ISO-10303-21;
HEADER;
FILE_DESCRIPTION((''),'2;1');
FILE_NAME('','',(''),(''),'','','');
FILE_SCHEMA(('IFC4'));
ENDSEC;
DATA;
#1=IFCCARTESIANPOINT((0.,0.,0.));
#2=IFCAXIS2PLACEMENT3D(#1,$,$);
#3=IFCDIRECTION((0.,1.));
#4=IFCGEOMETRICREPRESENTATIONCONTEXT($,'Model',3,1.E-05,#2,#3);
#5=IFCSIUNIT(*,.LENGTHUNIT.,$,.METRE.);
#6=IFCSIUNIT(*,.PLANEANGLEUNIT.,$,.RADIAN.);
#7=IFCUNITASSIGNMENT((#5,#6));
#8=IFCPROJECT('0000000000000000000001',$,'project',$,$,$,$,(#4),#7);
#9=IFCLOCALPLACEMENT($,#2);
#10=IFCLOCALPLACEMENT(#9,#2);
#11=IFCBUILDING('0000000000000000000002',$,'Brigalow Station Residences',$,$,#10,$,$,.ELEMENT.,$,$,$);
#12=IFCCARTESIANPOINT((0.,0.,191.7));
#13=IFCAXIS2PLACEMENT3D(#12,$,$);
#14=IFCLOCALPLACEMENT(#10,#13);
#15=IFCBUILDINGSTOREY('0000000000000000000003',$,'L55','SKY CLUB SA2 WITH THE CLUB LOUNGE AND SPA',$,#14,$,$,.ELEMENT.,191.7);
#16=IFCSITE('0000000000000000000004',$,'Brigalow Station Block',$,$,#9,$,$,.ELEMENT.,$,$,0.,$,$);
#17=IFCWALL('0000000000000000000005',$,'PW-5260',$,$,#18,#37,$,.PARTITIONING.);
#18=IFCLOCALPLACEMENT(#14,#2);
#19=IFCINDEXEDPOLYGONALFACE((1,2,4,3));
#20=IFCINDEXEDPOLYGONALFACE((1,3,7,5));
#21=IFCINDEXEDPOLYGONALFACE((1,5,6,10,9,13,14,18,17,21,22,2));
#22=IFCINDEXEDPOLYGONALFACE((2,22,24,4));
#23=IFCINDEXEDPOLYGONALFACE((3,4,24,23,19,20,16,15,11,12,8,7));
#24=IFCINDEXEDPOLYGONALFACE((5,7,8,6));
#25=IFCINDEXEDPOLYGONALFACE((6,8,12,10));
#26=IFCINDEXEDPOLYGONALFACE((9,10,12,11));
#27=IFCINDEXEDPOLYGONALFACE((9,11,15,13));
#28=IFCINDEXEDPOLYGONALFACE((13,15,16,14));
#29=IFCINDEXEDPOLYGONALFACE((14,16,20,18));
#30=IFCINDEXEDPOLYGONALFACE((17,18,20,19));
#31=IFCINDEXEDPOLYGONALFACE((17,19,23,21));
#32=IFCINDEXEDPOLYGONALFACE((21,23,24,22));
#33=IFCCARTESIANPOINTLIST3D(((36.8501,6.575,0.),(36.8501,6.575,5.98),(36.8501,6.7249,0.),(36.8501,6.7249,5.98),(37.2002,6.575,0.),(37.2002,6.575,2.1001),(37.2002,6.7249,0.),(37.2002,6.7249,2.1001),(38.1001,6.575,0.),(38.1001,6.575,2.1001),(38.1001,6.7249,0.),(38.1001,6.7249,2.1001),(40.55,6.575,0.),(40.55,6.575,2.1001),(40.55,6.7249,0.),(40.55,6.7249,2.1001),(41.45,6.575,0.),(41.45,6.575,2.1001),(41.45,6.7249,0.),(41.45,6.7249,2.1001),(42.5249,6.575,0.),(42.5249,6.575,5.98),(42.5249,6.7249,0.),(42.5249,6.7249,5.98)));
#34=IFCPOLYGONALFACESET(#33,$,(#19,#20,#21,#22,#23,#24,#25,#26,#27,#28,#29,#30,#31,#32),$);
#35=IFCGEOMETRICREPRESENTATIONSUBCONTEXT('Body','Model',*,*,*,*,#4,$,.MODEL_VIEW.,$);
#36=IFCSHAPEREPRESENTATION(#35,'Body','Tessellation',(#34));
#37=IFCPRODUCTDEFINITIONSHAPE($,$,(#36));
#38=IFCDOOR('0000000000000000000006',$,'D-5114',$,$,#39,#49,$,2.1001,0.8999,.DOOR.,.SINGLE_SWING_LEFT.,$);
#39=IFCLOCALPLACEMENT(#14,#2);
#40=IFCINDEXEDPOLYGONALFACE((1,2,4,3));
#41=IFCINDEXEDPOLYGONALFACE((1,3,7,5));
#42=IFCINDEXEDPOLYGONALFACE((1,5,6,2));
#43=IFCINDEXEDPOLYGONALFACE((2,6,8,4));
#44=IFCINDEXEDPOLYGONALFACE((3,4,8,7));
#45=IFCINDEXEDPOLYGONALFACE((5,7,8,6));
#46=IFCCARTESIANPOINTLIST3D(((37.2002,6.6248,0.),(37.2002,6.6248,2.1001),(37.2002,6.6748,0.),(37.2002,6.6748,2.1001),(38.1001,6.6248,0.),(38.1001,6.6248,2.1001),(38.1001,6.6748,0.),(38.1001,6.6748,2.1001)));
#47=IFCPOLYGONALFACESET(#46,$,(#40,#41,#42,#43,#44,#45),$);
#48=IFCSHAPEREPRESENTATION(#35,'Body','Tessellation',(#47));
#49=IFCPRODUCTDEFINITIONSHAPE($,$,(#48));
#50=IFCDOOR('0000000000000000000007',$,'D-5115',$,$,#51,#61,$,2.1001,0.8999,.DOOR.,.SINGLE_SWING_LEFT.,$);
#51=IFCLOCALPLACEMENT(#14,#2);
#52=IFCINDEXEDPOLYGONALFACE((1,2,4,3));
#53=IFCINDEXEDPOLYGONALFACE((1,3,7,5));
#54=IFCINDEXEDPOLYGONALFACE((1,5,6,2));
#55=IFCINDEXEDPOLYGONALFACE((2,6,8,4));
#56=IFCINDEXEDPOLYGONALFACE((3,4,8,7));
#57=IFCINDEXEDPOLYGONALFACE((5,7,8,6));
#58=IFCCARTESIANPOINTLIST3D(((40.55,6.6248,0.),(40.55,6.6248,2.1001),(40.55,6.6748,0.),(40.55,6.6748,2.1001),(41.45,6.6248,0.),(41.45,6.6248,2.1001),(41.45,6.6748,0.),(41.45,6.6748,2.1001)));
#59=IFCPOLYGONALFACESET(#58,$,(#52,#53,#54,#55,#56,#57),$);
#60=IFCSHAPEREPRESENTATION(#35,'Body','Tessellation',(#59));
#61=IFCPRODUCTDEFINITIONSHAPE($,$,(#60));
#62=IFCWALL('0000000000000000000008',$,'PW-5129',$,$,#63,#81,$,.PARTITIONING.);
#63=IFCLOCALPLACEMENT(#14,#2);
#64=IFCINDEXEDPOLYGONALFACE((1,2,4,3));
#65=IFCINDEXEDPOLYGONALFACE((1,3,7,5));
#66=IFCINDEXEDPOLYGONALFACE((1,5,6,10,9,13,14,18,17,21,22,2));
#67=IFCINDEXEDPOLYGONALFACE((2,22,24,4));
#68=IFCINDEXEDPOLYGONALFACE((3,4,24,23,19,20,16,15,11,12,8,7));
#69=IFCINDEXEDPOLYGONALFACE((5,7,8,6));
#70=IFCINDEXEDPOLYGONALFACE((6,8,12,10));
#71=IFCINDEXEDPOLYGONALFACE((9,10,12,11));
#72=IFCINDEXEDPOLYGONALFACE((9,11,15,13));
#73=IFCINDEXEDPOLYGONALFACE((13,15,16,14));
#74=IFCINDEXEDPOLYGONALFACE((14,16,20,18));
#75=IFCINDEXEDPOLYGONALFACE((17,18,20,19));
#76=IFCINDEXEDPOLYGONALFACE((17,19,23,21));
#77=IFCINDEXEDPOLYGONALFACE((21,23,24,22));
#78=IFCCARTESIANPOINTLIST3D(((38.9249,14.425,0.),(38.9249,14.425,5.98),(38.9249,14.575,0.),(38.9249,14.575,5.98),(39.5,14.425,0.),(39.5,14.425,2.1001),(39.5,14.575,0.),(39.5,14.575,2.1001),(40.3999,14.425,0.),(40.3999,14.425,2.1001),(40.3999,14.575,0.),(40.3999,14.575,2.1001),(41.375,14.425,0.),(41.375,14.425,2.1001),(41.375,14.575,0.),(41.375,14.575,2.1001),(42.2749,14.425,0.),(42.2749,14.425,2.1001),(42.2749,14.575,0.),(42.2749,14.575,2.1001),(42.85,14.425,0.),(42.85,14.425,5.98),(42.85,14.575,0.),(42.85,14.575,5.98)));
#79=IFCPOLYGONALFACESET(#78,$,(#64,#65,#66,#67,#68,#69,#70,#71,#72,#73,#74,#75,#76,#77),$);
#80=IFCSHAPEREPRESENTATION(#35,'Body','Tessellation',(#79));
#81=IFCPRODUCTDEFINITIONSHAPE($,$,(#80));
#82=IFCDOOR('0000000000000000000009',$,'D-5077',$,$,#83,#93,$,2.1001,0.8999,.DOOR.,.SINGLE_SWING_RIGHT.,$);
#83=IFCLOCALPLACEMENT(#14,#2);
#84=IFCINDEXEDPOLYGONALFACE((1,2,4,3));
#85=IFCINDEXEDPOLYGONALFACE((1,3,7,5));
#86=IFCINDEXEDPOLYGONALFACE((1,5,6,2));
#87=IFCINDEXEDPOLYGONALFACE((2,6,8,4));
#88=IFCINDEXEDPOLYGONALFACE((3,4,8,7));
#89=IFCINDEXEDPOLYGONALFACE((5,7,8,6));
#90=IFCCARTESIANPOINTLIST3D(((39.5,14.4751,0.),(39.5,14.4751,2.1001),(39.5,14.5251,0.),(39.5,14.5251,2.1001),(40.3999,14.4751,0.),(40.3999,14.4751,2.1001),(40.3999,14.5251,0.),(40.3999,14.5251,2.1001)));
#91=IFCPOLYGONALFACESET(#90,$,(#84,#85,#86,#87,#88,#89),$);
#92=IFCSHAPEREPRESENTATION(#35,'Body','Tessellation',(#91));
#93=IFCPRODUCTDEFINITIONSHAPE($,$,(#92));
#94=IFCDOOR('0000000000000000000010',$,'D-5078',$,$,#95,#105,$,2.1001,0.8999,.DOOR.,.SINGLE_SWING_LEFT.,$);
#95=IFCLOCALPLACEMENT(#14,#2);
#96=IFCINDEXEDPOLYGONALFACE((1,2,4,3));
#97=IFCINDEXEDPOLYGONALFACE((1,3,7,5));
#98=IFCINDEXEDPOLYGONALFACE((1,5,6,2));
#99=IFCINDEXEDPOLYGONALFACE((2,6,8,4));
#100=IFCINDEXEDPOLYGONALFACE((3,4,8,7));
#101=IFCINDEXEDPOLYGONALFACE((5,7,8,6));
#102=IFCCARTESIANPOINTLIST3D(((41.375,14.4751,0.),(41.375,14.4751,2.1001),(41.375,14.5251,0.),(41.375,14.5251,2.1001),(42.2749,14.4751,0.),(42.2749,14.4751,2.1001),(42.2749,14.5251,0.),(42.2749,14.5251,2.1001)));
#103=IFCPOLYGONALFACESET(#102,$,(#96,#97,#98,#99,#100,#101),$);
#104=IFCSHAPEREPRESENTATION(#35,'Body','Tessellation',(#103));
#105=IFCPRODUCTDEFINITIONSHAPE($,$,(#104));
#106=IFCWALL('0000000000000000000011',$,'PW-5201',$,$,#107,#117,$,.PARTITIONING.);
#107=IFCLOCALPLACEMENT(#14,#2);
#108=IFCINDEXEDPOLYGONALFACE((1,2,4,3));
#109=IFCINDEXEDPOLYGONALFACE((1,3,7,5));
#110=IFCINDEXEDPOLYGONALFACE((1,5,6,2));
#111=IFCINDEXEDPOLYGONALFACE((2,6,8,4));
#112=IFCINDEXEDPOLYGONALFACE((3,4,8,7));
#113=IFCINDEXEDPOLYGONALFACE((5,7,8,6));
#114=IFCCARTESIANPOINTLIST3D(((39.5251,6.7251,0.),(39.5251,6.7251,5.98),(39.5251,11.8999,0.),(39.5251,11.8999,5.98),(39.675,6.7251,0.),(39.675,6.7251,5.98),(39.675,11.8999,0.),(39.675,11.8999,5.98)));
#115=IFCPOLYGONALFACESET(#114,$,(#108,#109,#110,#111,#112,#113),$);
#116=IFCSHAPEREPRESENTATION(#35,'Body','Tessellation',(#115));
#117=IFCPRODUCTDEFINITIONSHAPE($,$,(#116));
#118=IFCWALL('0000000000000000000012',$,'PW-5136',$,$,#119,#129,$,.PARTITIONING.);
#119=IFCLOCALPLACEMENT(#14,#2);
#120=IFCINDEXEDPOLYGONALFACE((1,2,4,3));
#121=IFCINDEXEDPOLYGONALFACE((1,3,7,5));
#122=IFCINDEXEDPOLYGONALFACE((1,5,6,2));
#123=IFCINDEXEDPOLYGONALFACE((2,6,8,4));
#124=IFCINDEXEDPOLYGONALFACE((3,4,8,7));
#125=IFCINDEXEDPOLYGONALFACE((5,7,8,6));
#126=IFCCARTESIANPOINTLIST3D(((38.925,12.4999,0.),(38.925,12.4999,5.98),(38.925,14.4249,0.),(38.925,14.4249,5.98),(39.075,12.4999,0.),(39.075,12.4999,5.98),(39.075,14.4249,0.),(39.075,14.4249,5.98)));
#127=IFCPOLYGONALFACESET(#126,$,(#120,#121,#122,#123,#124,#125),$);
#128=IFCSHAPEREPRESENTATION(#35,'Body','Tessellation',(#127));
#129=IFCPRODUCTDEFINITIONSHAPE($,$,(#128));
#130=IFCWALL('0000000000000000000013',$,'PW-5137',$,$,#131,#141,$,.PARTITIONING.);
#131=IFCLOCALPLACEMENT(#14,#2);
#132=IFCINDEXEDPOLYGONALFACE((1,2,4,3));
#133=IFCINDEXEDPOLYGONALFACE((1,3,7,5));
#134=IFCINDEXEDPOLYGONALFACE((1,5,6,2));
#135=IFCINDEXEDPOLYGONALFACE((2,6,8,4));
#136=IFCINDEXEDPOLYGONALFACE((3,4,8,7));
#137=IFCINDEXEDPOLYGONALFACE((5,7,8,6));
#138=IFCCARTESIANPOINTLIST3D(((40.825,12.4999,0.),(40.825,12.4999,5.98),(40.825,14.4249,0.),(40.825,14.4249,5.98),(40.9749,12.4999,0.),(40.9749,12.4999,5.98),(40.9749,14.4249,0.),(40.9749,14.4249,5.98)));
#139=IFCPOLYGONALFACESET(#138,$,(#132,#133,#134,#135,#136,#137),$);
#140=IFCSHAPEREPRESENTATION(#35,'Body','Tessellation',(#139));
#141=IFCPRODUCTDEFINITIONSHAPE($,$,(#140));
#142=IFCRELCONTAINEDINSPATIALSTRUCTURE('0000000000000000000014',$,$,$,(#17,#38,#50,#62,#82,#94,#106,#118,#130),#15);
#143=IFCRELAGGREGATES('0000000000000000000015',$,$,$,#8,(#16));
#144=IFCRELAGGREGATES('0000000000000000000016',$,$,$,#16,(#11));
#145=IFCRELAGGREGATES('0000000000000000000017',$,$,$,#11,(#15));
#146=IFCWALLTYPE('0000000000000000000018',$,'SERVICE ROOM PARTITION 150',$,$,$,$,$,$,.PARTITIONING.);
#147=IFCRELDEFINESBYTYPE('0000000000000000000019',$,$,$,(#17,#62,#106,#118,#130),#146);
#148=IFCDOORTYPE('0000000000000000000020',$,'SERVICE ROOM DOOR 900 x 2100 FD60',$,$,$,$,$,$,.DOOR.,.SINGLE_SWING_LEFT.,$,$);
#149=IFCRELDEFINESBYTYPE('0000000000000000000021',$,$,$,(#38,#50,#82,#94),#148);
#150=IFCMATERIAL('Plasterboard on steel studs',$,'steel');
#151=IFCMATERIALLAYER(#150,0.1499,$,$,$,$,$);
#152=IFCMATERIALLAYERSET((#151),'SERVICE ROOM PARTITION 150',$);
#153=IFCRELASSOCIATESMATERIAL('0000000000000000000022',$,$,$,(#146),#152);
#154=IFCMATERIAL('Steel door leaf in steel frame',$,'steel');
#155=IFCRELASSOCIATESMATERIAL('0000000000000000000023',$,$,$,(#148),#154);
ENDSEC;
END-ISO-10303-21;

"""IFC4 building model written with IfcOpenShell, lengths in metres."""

from ifc_helpers import new_model, si_unit, direction, frame, frame_2d, origin, place, context, subcontext, project, spatial, rectangle, extrude, material, layer, layer_set, type_object, element, fill, save


model = new_model("IFC4")

# Units and contexts
model_context = context("Model", 3, precision=1e-05, world=origin(), true_north=direction((0.0, 1.0)))
body_context = subcontext(model_context, "Body", "Model", "MODEL_VIEW")
ifc_project = project(units=[si_unit("LENGTHUNIT", "METRE"), si_unit("PLANEANGLEUNIT", "RADIAN")], contexts=[model_context])

# Site, building, storey
site_placement = place(None, origin())
site = spatial("IfcSite", under=ifc_project, at=site_placement, Name="Brigalow Station Block", CompositionType="ELEMENT", RefElevation=0.0)
building_placement = place(site_placement, origin())
building = spatial("IfcBuilding", under=site, at=building_placement, Name="Brigalow Station Residences", CompositionType="ELEMENT")
storey_placement = place(building_placement, frame((0.0, 0.0, 191.7)))
storey = spatial("IfcBuildingStorey", under=building, at=storey_placement, Name="L55", Description="SKY CLUB SA2 WITH THE CLUB LOUNGE AND SPA", CompositionType="ELEMENT", Elevation=191.7)

# Walls, openings, doors
ifc_material_1 = material(Name="Plasterboard on steel studs", Category="steel")
ifc_layer_1 = layer(ifc_material_1, 0.1499)
ifc_layer_set_1 = layer_set([ifc_layer_1], Name="SERVICE ROOM PARTITION 150")
wall_type_1 = type_object("IfcWallType", Name="SERVICE ROOM PARTITION 150", PredefinedType="PARTITIONING", material=ifc_layer_set_1)
wall_1_placement = place(storey_placement, frame((36.8501, 6.6499, 0.0), z_axis=(0.0, 0.0, 1.0), x_axis=(1.0, 0.0, 0.0)))
wall_1 = element("IfcWall", 1, at=wall_1_placement, inside=storey, type_object=wall_type_1, Name="PW-5260", PredefinedType="PARTITIONING", context=body_context, shape_type="SweptSolid", body=[
    extrude(rectangle(XDim=5.6748, YDim=0.1499, at=frame_2d((2.8374, 0.0))), origin(), (0.0, 0.0, 1.0), 5.98),
])
opening_1_placement = place(wall_1_placement, frame((0.3501, 0.0, 0.0)))
opening_1 = element("IfcOpeningElement", 2, at=opening_1_placement, cuts=wall_1, PredefinedType="OPENING", context=body_context, shape_type="SweptSolid", body=[
    extrude(rectangle(XDim=0.8999, YDim=2.1001, at=frame_2d((0.45, 1.05))), frame((0.0, 0.085, 0.0), z_axis=(0.0, -1.0, 0.0), x_axis=(1.0, 0.0, 0.0)), (0.0, 0.0, 1.0), 0.1699),
])
opening_2_placement = place(wall_1_placement, frame((3.7, 0.0, 0.0)))
opening_2 = element("IfcOpeningElement", 3, at=opening_2_placement, cuts=wall_1, PredefinedType="OPENING", context=body_context, shape_type="SweptSolid", body=[
    extrude(rectangle(XDim=0.8999, YDim=2.1001, at=frame_2d((0.45, 1.05))), frame((0.0, 0.085, 0.0), z_axis=(0.0, -1.0, 0.0), x_axis=(1.0, 0.0, 0.0)), (0.0, 0.0, 1.0), 0.1699),
])
ifc_material_2 = material(Name="Steel door leaf in steel frame", Category="steel")
door_type_1 = type_object("IfcDoorType", Name="SERVICE ROOM DOOR 900 x 2100 FD60", OperationType="SINGLE_SWING_LEFT", PredefinedType="DOOR", material=ifc_material_2)
door_1_placement = place(opening_1_placement, origin())
door_1 = element("IfcDoor", 4, at=door_1_placement, inside=storey, type_object=door_type_1, Name="D-5114", OperationType="SINGLE_SWING_LEFT", OverallHeight=2.1001, OverallWidth=0.8999, PredefinedType="DOOR", context=body_context, shape_type="SweptSolid", body=[
    extrude(rectangle(XDim=0.8999, YDim=2.1001, at=frame_2d((0.45, 1.05))), frame((0.0, 0.0249, 0.0), z_axis=(0.0, -1.0, 0.0), x_axis=(1.0, 0.0, 0.0)), (0.0, 0.0, 1.0), 0.05),
])
fill(opening_1, door_1)
door_2_placement = place(opening_2_placement, origin())
door_2 = element("IfcDoor", 5, at=door_2_placement, inside=storey, type_object=door_type_1, Name="D-5115", OperationType="SINGLE_SWING_LEFT", OverallHeight=2.1001, OverallWidth=0.8999, PredefinedType="DOOR", context=body_context, shape_type="SweptSolid", body=[
    extrude(rectangle(XDim=0.8999, YDim=2.1001, at=frame_2d((0.45, 1.05))), frame((0.0, 0.0249, 0.0), z_axis=(0.0, -1.0, 0.0), x_axis=(1.0, 0.0, 0.0)), (0.0, 0.0, 1.0), 0.05),
])
fill(opening_2, door_2)
wall_2_placement = place(storey_placement, frame((38.925, 14.5, 0.0), z_axis=(0.0, 0.0, 1.0), x_axis=(1.0, 0.0, 0.0)))
wall_2 = element("IfcWall", 6, at=wall_2_placement, inside=storey, type_object=wall_type_1, Name="PW-5129", PredefinedType="PARTITIONING", context=body_context, shape_type="SweptSolid", body=[
    extrude(rectangle(XDim=3.925, YDim=0.1499, at=frame_2d((1.9624, 0.0))), origin(), (0.0, 0.0, 1.0), 5.98),
])
opening_3_placement = place(wall_2_placement, frame((0.575, 0.0, 0.0)))
opening_3 = element("IfcOpeningElement", 7, at=opening_3_placement, cuts=wall_2, PredefinedType="OPENING", context=body_context, shape_type="SweptSolid", body=[
    extrude(rectangle(XDim=0.8999, YDim=2.1001, at=frame_2d((0.45, 1.05))), frame((0.0, 0.085, 0.0), z_axis=(0.0, -1.0, 0.0), x_axis=(1.0, 0.0, 0.0)), (0.0, 0.0, 1.0), 0.1699),
])
opening_4_placement = place(wall_2_placement, frame((2.45, 0.0, 0.0)))
opening_4 = element("IfcOpeningElement", 8, at=opening_4_placement, cuts=wall_2, PredefinedType="OPENING", context=body_context, shape_type="SweptSolid", body=[
    extrude(rectangle(XDim=0.8999, YDim=2.1001, at=frame_2d((0.45, 1.05))), frame((0.0, 0.085, 0.0), z_axis=(0.0, -1.0, 0.0), x_axis=(1.0, 0.0, 0.0)), (0.0, 0.0, 1.0), 0.1699),
])
door_3_placement = place(opening_3_placement, frame((0.8999, 0.0, 0.0), z_axis=(0.0, 0.0, 1.0), x_axis=(-1.0, 0.0, 0.0)))
door_3 = element("IfcDoor", 9, at=door_3_placement, inside=storey, type_object=door_type_1, Name="D-5077", OperationType="SINGLE_SWING_RIGHT", OverallHeight=2.1001, OverallWidth=0.8999, PredefinedType="DOOR", context=body_context, shape_type="SweptSolid", body=[
    extrude(rectangle(XDim=0.8999, YDim=2.1001, at=frame_2d((0.45, 1.05))), frame((0.0, 0.0249, 0.0), z_axis=(0.0, -1.0, 0.0), x_axis=(1.0, 0.0, 0.0)), (0.0, 0.0, 1.0), 0.05),
])
fill(opening_3, door_3)
door_4_placement = place(opening_4_placement, frame((0.8999, 0.0, 0.0), z_axis=(0.0, 0.0, 1.0), x_axis=(-1.0, 0.0, 0.0)))
door_4 = element("IfcDoor", 10, at=door_4_placement, inside=storey, type_object=door_type_1, Name="D-5078", OperationType="SINGLE_SWING_LEFT", OverallHeight=2.1001, OverallWidth=0.8999, PredefinedType="DOOR", context=body_context, shape_type="SweptSolid", body=[
    extrude(rectangle(XDim=0.8999, YDim=2.1001, at=frame_2d((0.45, 1.05))), frame((0.0, 0.0249, 0.0), z_axis=(0.0, -1.0, 0.0), x_axis=(1.0, 0.0, 0.0)), (0.0, 0.0, 1.0), 0.05),
])
fill(opening_4, door_4)

# Walls
wall_3_placement = place(storey_placement, frame((39.6001, 6.7251, 0.0), z_axis=(0.0, 0.0, 1.0), x_axis=(0.0, 1.0, 0.0)))
element("IfcWall", 11, at=wall_3_placement, inside=storey, type_object=wall_type_1, Name="PW-5201", PredefinedType="PARTITIONING", context=body_context, shape_type="SweptSolid", body=[
    extrude(rectangle(XDim=5.1748, YDim=0.1499, at=frame_2d((2.5874, 0.0))), origin(), (0.0, 0.0, 1.0), 5.98),
])
for number, where, z_axis, x_axis, name in (
    (12, (39.0, 12.5, 0.0), (0.0, 0.0, 1.0), (0.0, 1.0, 0.0), "PW-5136"),
    (13, (40.8999, 12.5, 0.0), (0.0, 0.0, 1.0), (0.0, 1.0, 0.0), "PW-5137"),
):
    element("IfcWall", number, at=place(storey_placement, frame(where, z_axis=z_axis, x_axis=x_axis)), inside=storey, type_object=wall_type_1, Name=name, PredefinedType="PARTITIONING", context=body_context, shape_type="SweptSolid", body=[
        extrude(rectangle(XDim=1.925, YDim=0.1499, at=frame_2d((0.9624, 0.0))), origin(), (0.0, 0.0, 1.0), 5.98),
    ])

save(model, "model.ifc")
